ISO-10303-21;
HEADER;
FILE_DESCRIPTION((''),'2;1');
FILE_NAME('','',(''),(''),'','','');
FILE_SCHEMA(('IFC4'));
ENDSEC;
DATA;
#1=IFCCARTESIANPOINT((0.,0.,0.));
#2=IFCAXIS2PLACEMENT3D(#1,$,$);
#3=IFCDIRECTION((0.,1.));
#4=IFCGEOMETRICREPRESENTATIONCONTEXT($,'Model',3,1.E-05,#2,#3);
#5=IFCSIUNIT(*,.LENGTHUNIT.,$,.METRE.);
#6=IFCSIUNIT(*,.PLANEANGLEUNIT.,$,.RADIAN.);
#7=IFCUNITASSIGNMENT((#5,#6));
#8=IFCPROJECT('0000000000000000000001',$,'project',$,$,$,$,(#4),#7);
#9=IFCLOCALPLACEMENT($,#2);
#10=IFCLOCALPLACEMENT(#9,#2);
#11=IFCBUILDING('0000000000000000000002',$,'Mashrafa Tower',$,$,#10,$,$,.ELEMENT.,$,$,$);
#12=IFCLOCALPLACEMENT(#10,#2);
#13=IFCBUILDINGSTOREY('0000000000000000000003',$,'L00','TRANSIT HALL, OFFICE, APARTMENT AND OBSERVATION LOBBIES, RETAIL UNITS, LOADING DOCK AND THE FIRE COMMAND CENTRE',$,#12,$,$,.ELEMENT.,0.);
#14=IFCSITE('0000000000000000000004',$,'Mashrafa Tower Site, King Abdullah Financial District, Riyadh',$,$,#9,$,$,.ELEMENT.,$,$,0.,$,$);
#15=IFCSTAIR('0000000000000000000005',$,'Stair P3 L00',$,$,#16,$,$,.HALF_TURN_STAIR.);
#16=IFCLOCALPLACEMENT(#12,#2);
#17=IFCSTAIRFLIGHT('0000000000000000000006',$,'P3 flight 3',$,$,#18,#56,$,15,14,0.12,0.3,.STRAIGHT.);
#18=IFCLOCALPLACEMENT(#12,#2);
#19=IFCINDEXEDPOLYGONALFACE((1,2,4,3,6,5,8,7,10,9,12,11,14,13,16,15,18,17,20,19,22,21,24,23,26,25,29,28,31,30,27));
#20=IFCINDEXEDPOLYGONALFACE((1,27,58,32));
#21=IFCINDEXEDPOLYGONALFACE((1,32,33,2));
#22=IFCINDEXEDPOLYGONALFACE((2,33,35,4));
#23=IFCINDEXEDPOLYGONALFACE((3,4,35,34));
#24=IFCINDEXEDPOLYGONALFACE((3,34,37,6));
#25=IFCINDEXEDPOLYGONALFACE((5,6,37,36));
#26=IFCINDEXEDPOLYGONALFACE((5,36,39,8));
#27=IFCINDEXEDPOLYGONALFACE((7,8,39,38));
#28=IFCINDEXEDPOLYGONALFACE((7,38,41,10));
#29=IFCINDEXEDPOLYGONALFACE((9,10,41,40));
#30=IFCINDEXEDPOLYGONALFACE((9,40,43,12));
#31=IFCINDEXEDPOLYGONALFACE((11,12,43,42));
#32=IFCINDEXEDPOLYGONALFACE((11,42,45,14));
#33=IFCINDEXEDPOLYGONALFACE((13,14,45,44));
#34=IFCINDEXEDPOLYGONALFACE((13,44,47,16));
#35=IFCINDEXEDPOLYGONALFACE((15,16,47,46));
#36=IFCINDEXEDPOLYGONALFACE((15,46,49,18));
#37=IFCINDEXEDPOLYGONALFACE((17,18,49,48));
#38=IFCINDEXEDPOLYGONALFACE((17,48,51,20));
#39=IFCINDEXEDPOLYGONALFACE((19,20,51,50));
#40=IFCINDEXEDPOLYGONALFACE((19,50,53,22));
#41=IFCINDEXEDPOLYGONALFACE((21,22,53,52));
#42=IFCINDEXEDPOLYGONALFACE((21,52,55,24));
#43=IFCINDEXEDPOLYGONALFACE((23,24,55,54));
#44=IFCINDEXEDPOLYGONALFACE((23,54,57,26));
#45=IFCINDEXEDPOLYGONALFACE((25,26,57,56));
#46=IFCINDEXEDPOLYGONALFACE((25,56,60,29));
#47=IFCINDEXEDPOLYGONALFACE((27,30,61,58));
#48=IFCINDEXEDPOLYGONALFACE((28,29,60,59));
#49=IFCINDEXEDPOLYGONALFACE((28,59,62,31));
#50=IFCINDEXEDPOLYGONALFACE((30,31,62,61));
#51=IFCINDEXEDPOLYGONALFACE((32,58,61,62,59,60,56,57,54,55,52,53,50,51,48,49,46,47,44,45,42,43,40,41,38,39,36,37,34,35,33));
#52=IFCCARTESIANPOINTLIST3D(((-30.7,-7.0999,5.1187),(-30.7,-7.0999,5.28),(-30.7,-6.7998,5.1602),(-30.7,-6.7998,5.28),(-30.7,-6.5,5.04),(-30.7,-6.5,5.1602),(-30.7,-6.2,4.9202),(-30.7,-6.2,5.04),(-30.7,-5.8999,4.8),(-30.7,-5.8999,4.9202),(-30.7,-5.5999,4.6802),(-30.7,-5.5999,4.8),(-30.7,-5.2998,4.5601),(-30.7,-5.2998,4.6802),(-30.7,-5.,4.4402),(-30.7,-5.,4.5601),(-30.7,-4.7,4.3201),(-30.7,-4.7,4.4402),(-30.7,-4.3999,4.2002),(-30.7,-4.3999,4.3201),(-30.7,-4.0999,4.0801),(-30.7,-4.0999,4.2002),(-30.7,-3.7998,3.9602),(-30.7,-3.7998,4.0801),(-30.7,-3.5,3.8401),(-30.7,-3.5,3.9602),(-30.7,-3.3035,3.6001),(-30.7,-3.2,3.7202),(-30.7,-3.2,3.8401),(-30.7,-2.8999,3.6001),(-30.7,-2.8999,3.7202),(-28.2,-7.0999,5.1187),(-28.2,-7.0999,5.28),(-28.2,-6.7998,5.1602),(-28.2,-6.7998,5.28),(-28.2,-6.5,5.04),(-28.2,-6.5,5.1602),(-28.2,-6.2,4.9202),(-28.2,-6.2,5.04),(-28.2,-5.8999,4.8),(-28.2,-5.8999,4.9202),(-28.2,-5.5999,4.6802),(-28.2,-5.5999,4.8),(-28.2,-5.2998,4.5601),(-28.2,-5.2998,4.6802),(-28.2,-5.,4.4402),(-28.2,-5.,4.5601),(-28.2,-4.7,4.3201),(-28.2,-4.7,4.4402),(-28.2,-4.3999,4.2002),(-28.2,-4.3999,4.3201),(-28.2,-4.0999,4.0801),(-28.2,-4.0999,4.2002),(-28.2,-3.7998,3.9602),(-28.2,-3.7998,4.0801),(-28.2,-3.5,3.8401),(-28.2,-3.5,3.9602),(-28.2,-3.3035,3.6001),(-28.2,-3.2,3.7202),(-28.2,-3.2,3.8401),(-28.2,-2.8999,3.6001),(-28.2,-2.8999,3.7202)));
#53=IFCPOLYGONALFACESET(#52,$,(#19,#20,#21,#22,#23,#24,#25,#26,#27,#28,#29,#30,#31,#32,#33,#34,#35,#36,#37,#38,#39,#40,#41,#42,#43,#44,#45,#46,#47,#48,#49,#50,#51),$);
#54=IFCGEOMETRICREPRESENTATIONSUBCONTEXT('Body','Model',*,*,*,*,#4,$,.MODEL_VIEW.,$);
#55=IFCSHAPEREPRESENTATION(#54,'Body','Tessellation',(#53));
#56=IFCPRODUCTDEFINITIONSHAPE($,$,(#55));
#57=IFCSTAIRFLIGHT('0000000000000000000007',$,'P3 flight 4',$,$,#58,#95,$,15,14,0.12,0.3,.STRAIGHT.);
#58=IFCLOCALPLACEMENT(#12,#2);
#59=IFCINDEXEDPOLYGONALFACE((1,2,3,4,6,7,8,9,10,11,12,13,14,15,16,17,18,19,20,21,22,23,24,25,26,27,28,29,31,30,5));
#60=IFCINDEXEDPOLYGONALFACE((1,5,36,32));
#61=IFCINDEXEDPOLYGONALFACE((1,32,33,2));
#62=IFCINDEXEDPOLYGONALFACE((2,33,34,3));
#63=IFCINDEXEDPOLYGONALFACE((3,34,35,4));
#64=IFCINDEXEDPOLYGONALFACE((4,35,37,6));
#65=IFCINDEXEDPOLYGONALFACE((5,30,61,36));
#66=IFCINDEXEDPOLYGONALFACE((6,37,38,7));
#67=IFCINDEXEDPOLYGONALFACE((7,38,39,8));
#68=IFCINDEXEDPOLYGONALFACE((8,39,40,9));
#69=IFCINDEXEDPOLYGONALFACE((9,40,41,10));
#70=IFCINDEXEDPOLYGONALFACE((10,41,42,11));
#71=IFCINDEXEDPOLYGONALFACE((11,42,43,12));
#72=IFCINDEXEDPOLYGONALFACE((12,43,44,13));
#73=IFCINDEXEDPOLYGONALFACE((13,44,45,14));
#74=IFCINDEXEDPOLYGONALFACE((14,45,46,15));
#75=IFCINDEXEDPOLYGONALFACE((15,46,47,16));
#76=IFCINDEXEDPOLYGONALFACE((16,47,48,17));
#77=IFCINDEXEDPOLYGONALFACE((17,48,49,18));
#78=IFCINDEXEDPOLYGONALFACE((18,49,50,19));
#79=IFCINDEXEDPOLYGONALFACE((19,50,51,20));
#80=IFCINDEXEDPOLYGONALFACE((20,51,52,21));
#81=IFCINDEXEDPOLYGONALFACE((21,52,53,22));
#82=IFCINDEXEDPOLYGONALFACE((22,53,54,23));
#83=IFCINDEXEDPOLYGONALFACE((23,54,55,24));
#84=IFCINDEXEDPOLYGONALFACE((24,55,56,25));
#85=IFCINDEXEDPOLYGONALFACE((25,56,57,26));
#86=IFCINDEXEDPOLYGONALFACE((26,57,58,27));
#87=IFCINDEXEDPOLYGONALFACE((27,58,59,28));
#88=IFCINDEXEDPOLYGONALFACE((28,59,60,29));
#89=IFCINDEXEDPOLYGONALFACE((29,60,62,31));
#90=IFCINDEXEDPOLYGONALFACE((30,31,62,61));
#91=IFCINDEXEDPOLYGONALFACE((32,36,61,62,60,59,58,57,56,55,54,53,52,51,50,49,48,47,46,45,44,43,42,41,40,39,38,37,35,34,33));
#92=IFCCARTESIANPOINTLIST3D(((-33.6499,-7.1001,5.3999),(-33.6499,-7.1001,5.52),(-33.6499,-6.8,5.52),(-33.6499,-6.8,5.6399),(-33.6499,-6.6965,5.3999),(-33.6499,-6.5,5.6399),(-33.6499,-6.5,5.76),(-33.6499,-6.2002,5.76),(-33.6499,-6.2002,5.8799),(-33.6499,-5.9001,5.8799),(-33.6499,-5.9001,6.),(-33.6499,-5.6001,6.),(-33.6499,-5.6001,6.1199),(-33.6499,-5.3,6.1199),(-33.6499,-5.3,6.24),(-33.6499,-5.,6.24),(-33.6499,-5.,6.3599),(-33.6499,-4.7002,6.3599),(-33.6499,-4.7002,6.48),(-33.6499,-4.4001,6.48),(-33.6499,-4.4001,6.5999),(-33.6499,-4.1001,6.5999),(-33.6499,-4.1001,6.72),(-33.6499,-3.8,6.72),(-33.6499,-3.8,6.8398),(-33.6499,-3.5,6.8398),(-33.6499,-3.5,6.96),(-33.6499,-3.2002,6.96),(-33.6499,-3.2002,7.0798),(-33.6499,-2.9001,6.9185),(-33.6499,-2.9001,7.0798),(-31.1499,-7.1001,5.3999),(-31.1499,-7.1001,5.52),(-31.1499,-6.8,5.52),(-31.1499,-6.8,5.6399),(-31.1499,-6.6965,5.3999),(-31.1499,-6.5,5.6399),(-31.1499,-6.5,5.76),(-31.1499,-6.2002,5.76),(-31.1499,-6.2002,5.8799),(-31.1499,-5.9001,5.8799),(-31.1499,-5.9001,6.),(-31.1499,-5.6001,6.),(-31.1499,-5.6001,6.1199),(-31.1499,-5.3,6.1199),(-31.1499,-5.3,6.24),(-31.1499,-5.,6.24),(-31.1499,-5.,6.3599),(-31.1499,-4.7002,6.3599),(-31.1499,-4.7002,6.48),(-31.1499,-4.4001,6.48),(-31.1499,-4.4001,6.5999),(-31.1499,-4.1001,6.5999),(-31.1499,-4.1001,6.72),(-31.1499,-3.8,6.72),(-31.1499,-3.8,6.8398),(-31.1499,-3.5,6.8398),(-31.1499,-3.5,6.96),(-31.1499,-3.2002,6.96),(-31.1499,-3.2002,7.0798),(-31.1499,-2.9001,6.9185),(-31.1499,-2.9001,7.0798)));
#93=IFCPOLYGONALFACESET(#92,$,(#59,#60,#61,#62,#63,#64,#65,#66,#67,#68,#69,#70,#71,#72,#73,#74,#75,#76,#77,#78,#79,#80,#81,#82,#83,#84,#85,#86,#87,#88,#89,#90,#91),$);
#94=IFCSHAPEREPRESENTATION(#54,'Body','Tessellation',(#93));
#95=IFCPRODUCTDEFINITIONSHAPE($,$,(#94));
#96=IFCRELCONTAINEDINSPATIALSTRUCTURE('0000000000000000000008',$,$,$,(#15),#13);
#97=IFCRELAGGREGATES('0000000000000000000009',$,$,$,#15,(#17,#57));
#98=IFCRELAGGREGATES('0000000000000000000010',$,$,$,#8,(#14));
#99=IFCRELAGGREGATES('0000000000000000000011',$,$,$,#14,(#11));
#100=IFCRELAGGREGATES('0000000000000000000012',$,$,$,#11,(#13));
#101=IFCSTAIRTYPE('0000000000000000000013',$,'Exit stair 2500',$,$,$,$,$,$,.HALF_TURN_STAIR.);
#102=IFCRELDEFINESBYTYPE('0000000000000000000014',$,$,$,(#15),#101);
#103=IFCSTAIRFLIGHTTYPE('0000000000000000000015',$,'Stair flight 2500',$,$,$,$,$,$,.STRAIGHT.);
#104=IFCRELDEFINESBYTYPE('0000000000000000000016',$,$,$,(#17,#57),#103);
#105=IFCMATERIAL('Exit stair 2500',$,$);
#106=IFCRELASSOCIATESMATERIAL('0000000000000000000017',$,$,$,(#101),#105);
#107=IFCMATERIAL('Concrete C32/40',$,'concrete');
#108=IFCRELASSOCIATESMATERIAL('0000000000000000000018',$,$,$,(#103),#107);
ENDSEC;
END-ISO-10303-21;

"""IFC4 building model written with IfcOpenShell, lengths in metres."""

from ifc_helpers import new_model, si_unit, direction, frame, origin, place, context, subcontext, project, spatial, polyline, outline, extrude, material, type_object, element, aggregate, save


model = new_model("IFC4")

# Units and contexts
model_context = context("Model", 3, precision=1e-05, world=origin(), true_north=direction((0.0, 1.0)))
body_context = subcontext(model_context, "Body", "Model", "MODEL_VIEW")
ifc_project = project(units=[si_unit("LENGTHUNIT", "METRE"), si_unit("PLANEANGLEUNIT", "RADIAN")], contexts=[model_context])

# Site, building, storey
site_placement = place(None, origin())
site = spatial("IfcSite", under=ifc_project, at=site_placement, Name="Mashrafa Tower Site, King Abdullah Financial District, Riyadh", CompositionType="ELEMENT", RefElevation=0.0)
building_placement = place(site_placement, origin())
building = spatial("IfcBuilding", under=site, at=building_placement, Name="Mashrafa Tower", CompositionType="ELEMENT")
storey_placement = place(building_placement, origin())
storey = spatial("IfcBuildingStorey", under=building, at=storey_placement, Name="L00", Description="TRANSIT HALL, OFFICE, APARTMENT AND OBSERVATION LOBBIES, RETAIL UNITS, LOADING DOCK AND THE FIRE COMMAND CENTRE", CompositionType="ELEMENT", Elevation=0.0)

# Stair, stair flights
ifc_material_1 = material(Name="Exit stair 2500")
stair_type = type_object("IfcStairType", Name="Exit stair 2500", PredefinedType="HALF_TURN_STAIR", material=ifc_material_1)
stair_placement = place(storey_placement, origin())
stair = element("IfcStair", 1, at=stair_placement, inside=storey, type_object=stair_type, Name="Stair P3 L00", PredefinedType="HALF_TURN_STAIR")
ifc_material_2 = material(Name="Concrete C32/40", Category="concrete")
stair_flight_type = type_object("IfcStairFlightType", Name="Stair flight 2500", PredefinedType="STRAIGHT", material=ifc_material_2)
stair_flight_1_placement = place(storey_placement, frame((-29.45, -2.8999, 3.6001), z_axis=(0.0, 0.0, 1.0), x_axis=(0.0, -1.0, 0.0)))
stair_flight_1 = element("IfcStairFlight", 2, at=stair_flight_1_placement, type_object=stair_flight_type, Name="P3 flight 3", NumberOfRisers=15, NumberOfTreads=14, PredefinedType="STRAIGHT", RiserHeight=0.12, TreadLength=0.3, context=body_context, shape_type="SweptSolid", body=[
    extrude(outline(polyline([(0.0, 0.0), (0.0, 0.1201), (0.3, 0.1201), (0.3, 0.24), (0.6001, 0.24), (0.6001, 0.3601), (0.8999, 0.3601), (0.8999, 0.48), (1.2, 0.48), (1.2, 0.6001), (1.5, 0.6001), (1.5, 0.72), (1.8, 0.72), (1.8, 0.8401), (2.1001, 0.8401), (2.1001, 0.96), (2.3999, 0.96), (2.3999, 1.0801), (2.7, 1.0801), (2.7, 1.2), (3.0, 1.2), (3.0, 1.3201), (3.3, 1.3201), (3.3, 1.4399), (3.6001, 1.4399), (3.6001, 1.5601), (3.8999, 1.5601), (3.8999, 1.6799), (4.2, 1.6799), (4.2, 1.8), (4.2, 1.5186), (0.4036, 0.0), (0.0, 0.0)])), frame((0.0, 1.25, 0.0), z_axis=(0.0, -1.0, 0.0), x_axis=(1.0, 0.0, 0.0)), (0.0, 0.0, 1.0), 2.5),
])
stair_flight_2_placement = place(storey_placement, frame((-32.3999, -7.1001, 5.3999), z_axis=(0.0, 0.0, 1.0), x_axis=(0.0, 1.0, 0.0)))
stair_flight_2 = element("IfcStairFlight", 3, at=stair_flight_2_placement, type_object=stair_flight_type, Name="P3 flight 4", NumberOfRisers=15, NumberOfTreads=14, PredefinedType="STRAIGHT", RiserHeight=0.12, TreadLength=0.3, context=body_context, shape_type="SweptSolid", body=[
    extrude(outline(polyline([(0.0, 0.0), (0.0, 0.1201), (0.3, 0.1201), (0.3, 0.24), (0.6001, 0.24), (0.6001, 0.3601), (0.8999, 0.3601), (0.8999, 0.48), (1.2, 0.48), (1.2, 0.6001), (1.5, 0.6001), (1.5, 0.72), (1.8, 0.72), (1.8, 0.8401), (2.1001, 0.8401), (2.1001, 0.96), (2.3999, 0.96), (2.3999, 1.0801), (2.7, 1.0801), (2.7, 1.2), (3.0, 1.2), (3.0, 1.3201), (3.3, 1.3201), (3.3, 1.4399), (3.6001, 1.4399), (3.6001, 1.5601), (3.8999, 1.5601), (3.8999, 1.6799), (4.2, 1.6799), (4.2, 1.8), (4.2, 1.5186), (0.4036, 0.0), (0.0, 0.0)])), frame((0.0, 1.25, 0.0), z_axis=(0.0, -1.0, 0.0), x_axis=(1.0, 0.0, 0.0)), (0.0, 0.0, 1.0), 2.5),
])
aggregate(stair, [stair_flight_1, stair_flight_2])

save(model, "model.ifc")
